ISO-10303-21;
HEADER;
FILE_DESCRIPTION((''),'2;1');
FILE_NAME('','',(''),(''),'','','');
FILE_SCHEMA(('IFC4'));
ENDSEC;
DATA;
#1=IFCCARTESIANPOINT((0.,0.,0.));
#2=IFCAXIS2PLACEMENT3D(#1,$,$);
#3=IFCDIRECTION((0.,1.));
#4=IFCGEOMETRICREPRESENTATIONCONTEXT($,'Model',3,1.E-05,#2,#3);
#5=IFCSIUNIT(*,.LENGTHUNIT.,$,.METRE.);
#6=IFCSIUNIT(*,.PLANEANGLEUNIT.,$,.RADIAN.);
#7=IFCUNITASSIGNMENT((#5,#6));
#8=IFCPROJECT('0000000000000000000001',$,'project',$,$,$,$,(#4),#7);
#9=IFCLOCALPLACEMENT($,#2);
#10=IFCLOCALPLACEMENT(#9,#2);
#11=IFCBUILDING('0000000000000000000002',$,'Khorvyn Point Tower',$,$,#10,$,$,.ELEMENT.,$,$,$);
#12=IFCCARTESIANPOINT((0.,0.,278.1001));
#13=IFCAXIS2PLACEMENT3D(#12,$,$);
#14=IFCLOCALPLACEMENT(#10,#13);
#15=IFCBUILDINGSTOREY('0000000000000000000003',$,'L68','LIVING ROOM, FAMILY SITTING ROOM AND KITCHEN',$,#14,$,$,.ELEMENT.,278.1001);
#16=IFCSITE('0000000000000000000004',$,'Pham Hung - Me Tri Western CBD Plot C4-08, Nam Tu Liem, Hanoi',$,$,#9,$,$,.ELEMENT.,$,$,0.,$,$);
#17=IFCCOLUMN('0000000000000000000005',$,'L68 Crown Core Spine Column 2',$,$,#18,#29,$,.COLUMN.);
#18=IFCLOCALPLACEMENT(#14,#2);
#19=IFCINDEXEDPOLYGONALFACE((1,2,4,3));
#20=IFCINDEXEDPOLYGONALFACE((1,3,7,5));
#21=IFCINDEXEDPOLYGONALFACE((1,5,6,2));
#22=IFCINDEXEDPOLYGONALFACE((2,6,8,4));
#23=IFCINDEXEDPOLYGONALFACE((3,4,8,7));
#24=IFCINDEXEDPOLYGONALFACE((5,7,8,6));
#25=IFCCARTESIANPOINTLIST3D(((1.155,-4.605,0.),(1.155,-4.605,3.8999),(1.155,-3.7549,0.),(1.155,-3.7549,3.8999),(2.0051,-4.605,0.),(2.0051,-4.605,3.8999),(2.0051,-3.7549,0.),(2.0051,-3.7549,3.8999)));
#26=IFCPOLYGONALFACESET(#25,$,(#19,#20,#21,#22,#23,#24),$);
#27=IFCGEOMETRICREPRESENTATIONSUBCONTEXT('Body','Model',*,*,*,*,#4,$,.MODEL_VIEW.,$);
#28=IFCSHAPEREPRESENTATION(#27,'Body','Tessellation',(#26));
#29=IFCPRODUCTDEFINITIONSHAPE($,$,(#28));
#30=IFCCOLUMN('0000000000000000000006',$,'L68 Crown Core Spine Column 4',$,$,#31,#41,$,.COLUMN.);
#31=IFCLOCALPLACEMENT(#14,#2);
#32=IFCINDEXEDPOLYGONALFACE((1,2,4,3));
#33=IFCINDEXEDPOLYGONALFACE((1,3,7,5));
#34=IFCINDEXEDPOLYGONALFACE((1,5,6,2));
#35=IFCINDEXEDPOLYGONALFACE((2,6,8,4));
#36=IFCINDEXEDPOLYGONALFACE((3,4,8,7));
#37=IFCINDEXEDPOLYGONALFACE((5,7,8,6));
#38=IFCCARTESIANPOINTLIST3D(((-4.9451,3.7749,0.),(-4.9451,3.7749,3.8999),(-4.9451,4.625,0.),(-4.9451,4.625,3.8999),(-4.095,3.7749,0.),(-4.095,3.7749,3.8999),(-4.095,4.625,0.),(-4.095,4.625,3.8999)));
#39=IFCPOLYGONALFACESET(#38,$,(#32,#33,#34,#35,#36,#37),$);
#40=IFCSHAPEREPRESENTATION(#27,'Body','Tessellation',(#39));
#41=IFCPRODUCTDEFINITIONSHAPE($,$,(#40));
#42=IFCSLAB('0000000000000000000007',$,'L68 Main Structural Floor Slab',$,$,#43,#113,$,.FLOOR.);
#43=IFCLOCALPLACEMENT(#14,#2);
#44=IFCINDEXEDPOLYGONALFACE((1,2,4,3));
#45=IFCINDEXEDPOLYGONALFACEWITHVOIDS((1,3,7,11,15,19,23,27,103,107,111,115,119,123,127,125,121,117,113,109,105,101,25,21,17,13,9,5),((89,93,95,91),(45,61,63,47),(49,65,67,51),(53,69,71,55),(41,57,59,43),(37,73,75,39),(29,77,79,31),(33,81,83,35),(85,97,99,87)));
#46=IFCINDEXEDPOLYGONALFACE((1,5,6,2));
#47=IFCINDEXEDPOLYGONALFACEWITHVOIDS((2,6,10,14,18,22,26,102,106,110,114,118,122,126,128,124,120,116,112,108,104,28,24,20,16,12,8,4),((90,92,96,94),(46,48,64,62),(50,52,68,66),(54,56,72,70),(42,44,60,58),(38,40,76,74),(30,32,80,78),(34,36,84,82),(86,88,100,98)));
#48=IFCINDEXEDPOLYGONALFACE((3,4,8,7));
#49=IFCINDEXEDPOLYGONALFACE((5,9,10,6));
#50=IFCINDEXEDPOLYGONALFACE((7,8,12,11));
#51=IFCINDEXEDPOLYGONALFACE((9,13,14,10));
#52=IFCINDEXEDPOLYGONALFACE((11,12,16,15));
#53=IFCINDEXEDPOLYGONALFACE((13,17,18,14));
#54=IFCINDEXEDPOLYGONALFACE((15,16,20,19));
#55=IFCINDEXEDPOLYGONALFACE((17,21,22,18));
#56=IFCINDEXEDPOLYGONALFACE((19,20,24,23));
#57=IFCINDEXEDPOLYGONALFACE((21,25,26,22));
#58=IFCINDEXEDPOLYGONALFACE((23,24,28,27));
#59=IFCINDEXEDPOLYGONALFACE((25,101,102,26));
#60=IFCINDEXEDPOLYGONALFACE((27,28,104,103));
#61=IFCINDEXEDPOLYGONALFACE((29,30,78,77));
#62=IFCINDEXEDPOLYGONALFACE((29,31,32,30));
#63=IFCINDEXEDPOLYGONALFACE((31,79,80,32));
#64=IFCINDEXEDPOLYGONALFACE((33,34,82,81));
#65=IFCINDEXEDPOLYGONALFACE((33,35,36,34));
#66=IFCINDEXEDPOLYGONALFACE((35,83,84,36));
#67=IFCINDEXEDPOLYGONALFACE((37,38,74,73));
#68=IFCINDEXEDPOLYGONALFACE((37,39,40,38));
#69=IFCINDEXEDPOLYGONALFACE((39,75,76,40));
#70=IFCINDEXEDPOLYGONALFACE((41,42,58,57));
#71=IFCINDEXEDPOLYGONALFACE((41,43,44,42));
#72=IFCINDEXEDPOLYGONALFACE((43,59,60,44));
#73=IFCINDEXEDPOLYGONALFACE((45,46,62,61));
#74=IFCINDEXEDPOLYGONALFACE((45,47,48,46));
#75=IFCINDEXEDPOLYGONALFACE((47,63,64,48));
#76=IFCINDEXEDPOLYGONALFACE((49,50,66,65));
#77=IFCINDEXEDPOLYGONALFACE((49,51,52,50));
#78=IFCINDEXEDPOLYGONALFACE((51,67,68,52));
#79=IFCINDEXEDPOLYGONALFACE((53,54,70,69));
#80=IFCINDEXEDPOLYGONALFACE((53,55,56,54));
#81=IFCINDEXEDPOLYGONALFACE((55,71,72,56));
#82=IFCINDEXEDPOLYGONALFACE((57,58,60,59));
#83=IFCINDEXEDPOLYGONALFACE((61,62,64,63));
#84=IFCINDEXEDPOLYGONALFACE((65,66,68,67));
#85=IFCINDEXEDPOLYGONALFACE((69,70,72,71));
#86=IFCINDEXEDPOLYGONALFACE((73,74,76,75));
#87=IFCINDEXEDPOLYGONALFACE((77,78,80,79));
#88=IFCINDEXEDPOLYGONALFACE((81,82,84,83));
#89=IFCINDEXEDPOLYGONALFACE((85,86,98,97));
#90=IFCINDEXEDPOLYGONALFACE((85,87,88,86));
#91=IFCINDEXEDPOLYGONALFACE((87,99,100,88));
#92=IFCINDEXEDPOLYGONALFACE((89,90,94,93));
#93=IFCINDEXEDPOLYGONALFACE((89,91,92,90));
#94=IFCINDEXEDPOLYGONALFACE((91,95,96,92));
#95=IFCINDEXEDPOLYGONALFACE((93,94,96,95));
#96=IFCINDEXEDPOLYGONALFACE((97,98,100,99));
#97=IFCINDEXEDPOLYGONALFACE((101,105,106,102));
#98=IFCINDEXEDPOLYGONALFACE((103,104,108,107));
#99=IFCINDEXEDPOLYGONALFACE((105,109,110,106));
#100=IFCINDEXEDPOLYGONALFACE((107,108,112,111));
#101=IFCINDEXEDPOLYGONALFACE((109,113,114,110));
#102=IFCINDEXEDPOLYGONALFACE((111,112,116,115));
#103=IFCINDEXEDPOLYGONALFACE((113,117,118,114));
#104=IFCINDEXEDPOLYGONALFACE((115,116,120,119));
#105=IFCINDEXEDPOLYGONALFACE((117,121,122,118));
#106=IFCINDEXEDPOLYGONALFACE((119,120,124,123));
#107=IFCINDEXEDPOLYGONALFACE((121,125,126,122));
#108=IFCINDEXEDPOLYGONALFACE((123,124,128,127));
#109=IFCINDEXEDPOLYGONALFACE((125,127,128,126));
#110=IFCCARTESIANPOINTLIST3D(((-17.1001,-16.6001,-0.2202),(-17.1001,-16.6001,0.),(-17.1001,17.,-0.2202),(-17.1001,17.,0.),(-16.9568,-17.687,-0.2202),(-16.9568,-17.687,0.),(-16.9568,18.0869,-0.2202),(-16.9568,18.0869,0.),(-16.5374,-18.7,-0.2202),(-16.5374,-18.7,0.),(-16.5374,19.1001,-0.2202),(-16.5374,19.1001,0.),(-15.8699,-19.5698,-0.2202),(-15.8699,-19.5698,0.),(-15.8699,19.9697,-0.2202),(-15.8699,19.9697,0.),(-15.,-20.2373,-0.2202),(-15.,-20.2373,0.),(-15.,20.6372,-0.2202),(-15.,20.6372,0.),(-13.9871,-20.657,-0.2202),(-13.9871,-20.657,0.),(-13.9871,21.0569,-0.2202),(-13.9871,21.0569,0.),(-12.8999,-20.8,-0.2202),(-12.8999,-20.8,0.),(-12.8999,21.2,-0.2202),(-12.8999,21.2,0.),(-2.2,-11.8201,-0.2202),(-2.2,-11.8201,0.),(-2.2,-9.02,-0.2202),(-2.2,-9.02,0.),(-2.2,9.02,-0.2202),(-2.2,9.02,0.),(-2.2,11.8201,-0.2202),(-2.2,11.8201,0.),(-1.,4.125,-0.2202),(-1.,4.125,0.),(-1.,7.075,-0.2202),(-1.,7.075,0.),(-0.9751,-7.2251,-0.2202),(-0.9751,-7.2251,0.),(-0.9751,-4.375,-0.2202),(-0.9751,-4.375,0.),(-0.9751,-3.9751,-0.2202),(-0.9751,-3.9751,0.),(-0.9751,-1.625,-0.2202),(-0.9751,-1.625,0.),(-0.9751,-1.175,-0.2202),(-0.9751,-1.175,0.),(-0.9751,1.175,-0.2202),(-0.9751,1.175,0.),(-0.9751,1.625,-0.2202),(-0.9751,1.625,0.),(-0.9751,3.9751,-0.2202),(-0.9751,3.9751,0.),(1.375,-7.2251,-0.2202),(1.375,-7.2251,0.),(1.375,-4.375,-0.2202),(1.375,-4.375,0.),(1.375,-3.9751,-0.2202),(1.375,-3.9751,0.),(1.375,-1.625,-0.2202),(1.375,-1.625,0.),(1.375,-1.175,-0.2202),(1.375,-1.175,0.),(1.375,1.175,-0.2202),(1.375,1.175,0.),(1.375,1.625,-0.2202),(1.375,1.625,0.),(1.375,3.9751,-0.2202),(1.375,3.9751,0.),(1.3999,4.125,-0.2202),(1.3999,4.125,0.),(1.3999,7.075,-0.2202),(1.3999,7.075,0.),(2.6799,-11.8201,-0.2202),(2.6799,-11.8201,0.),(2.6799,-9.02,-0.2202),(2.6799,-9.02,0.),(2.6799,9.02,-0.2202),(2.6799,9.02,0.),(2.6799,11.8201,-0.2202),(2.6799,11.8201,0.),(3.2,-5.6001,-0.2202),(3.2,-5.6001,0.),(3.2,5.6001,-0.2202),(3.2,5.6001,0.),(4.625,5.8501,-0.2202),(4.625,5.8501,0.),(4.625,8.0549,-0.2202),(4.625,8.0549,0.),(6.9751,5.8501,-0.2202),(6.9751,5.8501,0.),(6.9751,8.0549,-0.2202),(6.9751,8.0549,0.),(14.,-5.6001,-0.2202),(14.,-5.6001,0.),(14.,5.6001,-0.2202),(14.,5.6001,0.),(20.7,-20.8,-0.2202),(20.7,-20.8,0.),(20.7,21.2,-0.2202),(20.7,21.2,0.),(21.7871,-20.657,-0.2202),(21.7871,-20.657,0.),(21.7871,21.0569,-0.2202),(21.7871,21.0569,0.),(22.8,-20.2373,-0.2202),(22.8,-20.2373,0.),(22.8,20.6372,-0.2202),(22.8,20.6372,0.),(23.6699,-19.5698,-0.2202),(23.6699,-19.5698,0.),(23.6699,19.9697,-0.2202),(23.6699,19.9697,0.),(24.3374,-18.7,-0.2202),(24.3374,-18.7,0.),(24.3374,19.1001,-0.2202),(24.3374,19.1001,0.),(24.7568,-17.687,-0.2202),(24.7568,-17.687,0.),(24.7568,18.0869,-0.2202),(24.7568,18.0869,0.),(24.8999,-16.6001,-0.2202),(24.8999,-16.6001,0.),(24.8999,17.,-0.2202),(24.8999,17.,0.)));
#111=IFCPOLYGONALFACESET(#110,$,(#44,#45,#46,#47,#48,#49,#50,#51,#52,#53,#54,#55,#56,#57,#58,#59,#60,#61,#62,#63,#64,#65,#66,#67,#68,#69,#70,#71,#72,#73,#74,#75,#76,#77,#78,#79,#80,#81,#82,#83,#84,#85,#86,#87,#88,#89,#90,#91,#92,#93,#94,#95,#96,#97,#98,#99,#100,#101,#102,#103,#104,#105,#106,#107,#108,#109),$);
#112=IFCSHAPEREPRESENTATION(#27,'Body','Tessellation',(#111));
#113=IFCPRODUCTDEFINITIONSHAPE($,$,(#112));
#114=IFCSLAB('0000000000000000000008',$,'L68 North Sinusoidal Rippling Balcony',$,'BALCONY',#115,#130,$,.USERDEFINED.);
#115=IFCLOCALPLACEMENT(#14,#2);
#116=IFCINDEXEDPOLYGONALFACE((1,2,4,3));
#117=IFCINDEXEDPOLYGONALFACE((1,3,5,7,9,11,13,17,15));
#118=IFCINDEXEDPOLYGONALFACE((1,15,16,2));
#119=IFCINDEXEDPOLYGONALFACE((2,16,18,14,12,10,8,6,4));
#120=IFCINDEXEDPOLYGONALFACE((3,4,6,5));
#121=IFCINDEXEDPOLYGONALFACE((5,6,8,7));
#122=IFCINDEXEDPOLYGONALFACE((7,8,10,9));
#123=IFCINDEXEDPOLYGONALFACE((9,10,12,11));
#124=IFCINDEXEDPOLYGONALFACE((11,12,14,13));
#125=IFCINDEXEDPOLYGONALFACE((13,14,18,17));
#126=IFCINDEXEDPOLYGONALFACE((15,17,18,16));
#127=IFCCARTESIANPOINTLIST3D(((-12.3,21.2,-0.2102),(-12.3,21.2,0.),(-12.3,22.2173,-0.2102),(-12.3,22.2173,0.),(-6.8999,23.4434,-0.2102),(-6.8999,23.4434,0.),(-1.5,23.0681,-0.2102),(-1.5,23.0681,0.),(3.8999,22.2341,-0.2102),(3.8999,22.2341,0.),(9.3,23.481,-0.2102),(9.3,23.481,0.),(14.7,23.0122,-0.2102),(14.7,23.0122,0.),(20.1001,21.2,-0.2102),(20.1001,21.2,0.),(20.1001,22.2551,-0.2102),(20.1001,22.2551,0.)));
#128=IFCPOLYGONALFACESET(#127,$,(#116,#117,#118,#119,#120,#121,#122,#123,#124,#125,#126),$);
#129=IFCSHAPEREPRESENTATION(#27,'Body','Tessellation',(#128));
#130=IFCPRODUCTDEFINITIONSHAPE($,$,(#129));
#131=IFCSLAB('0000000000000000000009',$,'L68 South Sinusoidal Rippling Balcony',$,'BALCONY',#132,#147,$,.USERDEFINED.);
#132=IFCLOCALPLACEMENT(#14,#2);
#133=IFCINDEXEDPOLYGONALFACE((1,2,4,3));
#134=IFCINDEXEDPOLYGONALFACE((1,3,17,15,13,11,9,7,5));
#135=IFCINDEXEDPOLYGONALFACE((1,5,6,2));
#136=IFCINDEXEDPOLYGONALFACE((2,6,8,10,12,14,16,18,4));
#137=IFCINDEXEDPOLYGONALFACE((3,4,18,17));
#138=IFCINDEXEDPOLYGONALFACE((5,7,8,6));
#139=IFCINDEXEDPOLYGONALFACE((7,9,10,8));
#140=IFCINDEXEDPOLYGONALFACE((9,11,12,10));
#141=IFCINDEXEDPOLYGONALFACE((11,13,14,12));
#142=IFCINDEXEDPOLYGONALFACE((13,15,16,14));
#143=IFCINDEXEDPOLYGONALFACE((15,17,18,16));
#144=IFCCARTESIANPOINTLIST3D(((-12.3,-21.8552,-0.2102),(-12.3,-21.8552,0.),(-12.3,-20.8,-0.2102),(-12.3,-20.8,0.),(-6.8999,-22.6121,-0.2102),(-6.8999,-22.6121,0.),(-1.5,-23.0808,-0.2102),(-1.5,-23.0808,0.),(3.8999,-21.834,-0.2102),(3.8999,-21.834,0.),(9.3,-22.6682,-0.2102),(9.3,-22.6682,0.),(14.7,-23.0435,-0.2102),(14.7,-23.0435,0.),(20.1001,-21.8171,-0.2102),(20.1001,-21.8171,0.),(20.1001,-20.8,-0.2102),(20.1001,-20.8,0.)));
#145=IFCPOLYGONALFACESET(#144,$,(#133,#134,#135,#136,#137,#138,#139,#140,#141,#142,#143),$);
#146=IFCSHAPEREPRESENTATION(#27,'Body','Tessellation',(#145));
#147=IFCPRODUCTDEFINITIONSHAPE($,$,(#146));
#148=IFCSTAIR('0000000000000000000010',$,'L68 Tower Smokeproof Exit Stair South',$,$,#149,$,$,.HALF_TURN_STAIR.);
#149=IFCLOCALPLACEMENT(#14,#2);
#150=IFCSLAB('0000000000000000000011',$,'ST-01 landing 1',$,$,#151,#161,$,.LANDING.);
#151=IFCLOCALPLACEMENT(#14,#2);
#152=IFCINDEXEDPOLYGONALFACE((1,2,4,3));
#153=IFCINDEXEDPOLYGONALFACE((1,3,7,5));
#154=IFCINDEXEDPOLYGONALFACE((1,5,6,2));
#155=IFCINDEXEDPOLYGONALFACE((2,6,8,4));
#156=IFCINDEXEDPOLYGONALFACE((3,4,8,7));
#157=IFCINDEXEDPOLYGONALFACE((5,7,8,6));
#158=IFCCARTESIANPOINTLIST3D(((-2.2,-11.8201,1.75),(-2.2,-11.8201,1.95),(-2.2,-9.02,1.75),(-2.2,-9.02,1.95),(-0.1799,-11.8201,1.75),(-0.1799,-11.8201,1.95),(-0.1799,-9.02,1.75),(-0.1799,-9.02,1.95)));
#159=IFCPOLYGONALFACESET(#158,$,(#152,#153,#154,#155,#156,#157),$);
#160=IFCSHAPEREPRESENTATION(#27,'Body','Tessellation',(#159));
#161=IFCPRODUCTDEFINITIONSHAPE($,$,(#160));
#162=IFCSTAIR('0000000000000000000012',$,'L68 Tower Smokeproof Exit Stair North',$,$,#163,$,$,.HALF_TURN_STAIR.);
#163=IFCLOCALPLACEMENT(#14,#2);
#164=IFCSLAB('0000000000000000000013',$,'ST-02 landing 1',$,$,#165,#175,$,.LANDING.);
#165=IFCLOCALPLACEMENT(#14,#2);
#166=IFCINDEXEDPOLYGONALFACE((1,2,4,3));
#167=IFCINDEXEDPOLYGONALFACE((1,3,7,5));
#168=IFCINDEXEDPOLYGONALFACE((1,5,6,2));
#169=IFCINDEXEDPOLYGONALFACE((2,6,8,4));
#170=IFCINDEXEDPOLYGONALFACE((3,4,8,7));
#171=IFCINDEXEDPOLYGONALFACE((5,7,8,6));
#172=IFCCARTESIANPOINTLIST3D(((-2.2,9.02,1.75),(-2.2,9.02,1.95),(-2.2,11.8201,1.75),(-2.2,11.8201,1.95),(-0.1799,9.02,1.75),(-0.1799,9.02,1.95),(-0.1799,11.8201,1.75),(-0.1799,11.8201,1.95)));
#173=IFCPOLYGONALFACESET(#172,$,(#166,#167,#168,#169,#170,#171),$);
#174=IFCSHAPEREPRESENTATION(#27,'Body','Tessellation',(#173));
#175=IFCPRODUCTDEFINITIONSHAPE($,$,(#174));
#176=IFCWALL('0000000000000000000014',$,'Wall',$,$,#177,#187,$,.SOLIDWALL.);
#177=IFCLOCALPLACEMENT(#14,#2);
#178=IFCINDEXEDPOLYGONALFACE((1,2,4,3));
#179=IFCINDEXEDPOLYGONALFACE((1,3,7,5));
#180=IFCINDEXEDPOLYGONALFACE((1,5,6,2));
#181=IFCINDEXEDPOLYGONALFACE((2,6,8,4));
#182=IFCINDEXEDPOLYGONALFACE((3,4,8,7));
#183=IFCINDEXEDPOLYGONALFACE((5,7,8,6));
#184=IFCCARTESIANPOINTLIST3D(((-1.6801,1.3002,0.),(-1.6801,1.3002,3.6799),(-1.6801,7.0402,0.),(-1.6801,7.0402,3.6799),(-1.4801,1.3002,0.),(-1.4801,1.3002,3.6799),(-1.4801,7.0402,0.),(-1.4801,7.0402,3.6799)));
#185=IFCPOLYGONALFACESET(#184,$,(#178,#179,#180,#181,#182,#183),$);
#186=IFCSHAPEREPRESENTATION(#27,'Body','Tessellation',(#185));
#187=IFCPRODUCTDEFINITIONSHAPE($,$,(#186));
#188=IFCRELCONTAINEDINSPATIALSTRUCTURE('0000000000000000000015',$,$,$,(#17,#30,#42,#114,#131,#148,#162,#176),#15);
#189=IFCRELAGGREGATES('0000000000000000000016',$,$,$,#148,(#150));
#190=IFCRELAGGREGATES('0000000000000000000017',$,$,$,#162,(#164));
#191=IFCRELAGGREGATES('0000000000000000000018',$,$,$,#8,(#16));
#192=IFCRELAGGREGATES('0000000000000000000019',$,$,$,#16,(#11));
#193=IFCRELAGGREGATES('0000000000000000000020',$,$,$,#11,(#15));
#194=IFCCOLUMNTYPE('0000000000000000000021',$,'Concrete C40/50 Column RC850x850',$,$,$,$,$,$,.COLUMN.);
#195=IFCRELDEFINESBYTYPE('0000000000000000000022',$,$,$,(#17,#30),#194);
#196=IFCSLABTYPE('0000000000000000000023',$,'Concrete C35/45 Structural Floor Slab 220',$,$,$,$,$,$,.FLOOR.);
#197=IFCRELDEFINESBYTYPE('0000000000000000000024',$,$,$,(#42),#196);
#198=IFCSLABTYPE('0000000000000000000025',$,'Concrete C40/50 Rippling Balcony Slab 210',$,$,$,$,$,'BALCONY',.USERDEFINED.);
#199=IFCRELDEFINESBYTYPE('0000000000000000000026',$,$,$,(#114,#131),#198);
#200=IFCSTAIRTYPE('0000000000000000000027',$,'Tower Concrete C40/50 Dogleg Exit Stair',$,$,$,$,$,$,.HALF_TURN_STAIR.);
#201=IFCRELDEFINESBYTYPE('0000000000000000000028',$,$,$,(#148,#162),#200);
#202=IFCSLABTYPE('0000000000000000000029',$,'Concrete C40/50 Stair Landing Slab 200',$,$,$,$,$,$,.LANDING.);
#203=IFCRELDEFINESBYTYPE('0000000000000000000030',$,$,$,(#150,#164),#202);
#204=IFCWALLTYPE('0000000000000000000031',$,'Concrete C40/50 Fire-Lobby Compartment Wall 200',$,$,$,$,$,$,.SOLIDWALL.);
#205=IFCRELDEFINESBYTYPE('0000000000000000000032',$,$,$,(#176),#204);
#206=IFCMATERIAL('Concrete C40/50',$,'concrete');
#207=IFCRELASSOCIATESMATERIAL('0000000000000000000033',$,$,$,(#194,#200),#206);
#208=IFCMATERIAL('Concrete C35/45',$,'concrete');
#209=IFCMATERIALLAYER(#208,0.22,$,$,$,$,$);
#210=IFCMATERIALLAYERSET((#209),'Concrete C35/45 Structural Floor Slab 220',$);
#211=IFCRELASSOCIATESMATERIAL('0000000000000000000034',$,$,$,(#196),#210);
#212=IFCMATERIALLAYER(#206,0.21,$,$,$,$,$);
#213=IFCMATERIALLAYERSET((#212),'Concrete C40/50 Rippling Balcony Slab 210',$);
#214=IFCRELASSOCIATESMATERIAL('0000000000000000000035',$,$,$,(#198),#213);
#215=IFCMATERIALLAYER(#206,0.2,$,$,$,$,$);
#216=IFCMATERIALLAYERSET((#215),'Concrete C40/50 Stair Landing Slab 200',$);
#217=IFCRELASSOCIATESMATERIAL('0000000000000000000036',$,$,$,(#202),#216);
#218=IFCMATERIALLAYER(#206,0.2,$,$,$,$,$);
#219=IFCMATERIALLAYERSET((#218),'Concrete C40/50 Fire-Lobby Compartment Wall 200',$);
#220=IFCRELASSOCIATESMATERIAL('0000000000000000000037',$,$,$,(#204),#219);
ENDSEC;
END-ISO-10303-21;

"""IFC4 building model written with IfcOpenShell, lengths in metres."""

from ifc_helpers import new_model, si_unit, direction, frame, frame_2d, origin, origin_2d, place, context, subcontext, project, spatial, polyline, rectangle, outline, extrude, material, layer, layer_set, material_profile, profile_set, type_object, element, aggregate, save


model = new_model("IFC4")

# Units and contexts
model_context = context("Model", 3, precision=1e-05, world=origin(), true_north=direction((0.0, 1.0)))
body_context = subcontext(model_context, "Body", "Model", "MODEL_VIEW")
ifc_project = project(units=[si_unit("LENGTHUNIT", "METRE"), si_unit("PLANEANGLEUNIT", "RADIAN")], contexts=[model_context])

# Site, building, storey
site_placement = place(None, origin())
site = spatial("IfcSite", under=ifc_project, at=site_placement, Name="Pham Hung - Me Tri Western CBD Plot C4-08, Nam Tu Liem, Hanoi", CompositionType="ELEMENT", RefElevation=0.0)
building_placement = place(site_placement, origin())
building = spatial("IfcBuilding", under=site, at=building_placement, Name="Khorvyn Point Tower", CompositionType="ELEMENT")
storey_placement = place(building_placement, frame((0.0, 0.0, 278.1001)))
storey = spatial("IfcBuildingStorey", under=building, at=storey_placement, Name="L68", Description="LIVING ROOM, FAMILY SITTING ROOM AND KITCHEN", CompositionType="ELEMENT", Elevation=278.1001)

# Columns
ifc_material_1 = material(Name="Concrete C40/50", Category="concrete")
ifc_material_profile = material_profile(ifc_material_1, rectangle(XDim=0.8501, YDim=0.8501, at=origin_2d()))
ifc_profile_set = profile_set([ifc_material_profile], Name="Concrete C40/50 RC850x850")
column_type = type_object("IfcColumnType", Name="Concrete C40/50 Column RC850x850", PredefinedType="COLUMN", material=ifc_profile_set)
for number, where, z_axis, x_axis, name in (
    (1, (1.5801, -4.1799, 0.0), (0.0, 0.0, 1.0), (1.0, 0.0, 0.0), "L68 Crown Core Spine Column 2"),
    (2, (-4.52, 4.2, 0.0), (0.0, 0.0, 1.0), (1.0, 0.0, 0.0), "L68 Crown Core Spine Column 4"),
):
    element("IfcColumn", number, at=place(storey_placement, frame(where, z_axis=z_axis, x_axis=x_axis)), inside=storey, type_object=column_type, Name=name, PredefinedType="COLUMN", context=body_context, shape_type="SweptSolid", body=[
        extrude(rectangle(XDim=0.8501, YDim=0.8501, at=origin_2d()), origin(), (0.0, 0.0, 1.0), 3.8999),
    ])

# Slabs
ifc_material_2 = material(Name="Concrete C35/45", Category="concrete")
ifc_layer_1 = layer(ifc_material_2, 0.22)
ifc_layer_set_1 = layer_set([ifc_layer_1], Name="Concrete C35/45 Structural Floor Slab 220")
slab_type_1 = type_object("IfcSlabType", Name="Concrete C35/45 Structural Floor Slab 220", PredefinedType="FLOOR", material=ifc_layer_set_1)
slab_1_placement = place(storey_placement, frame((0.0, 0.0, -0.2202)))
element("IfcSlab", 3, at=slab_1_placement, inside=storey, type_object=slab_type_1, Name="L68 Main Structural Floor Slab", PredefinedType="FLOOR", context=body_context, shape_type="SweptSolid", body=[
    extrude(outline(polyline([(-12.8999, -20.8), (-13.9871, -20.657), (-15.0, -20.2373), (-15.8699, -19.5698), (-16.5374, -18.7), (-16.9568, -17.687), (-17.1001, -16.6001), (-17.1001, 17.0), (-16.9568, 18.0869), (-16.5374, 19.1001), (-15.8699, 19.9697), (-15.0, 20.6372), (-13.9871, 21.0569), (-12.8999, 21.2), (20.7, 21.2), (21.7871, 21.0569), (22.8, 20.6372), (23.6699, 19.9697), (24.3374, 19.1001), (24.7568, 18.0869), (24.8999, 17.0), (24.8999, -16.6001), (24.7568, -17.687), (24.3374, -18.7), (23.6699, -19.5698), (22.8, -20.2373), (21.7871, -20.657), (20.7, -20.8), (-12.8999, -20.8)]), holes=[polyline([(2.6799, -11.8201), (2.6799, -9.02), (-2.2, -9.02), (-2.2, -11.8201), (2.6799, -11.8201)]), polyline([(1.375, -7.2251), (1.375, -4.375), (-0.9751, -4.375), (-0.9751, -7.2251), (1.375, -7.2251)]), polyline([(1.375, -3.9751), (1.375, -1.625), (-0.9751, -1.625), (-0.9751, -3.9751), (1.375, -3.9751)]), polyline([(1.375, -1.175), (1.375, 1.175), (-0.9751, 1.175), (-0.9751, -1.175), (1.375, -1.175)]), polyline([(14.0, -5.6001), (14.0, 5.6001), (3.2, 5.6001), (3.2, -5.6001), (14.0, -5.6001)]), polyline([(1.375, 1.625), (1.375, 3.9751), (-0.9751, 3.9751), (-0.9751, 1.625), (1.375, 1.625)]), polyline([(1.3999, 4.125), (1.3999, 7.075), (-1.0, 7.075), (-1.0, 4.125), (1.3999, 4.125)]), polyline([(4.625, 5.8501), (6.9751, 5.8501), (6.9751, 8.0549), (4.625, 8.0549), (4.625, 5.8501)]), polyline([(-2.2, 9.02), (2.6799, 9.02), (2.6799, 11.8201), (-2.2, 11.8201), (-2.2, 9.02)])]), origin(), (0.0, 0.0, 1.0), 0.2202),
])
ifc_layer_2 = layer(ifc_material_1, 0.21)
ifc_layer_set_2 = layer_set([ifc_layer_2], Name="Concrete C40/50 Rippling Balcony Slab 210")
slab_type_2 = type_object("IfcSlabType", Name="Concrete C40/50 Rippling Balcony Slab 210", ElementType="BALCONY", PredefinedType="USERDEFINED", material=ifc_layer_set_2)
slab_2_placement = place(storey_placement, frame((0.0, 0.0, -0.2102)))
element("IfcSlab", 4, at=slab_2_placement, inside=storey, type_object=slab_type_2, Name="L68 North Sinusoidal Rippling Balcony", ObjectType="BALCONY", PredefinedType="USERDEFINED", context=body_context, shape_type="SweptSolid", body=[
    extrude(outline(polyline([(20.1001, 21.2), (20.1001, 22.2551), (14.7, 23.0122), (9.3, 23.481), (3.8999, 22.2341), (-1.5, 23.0681), (-6.8999, 23.4434), (-12.3, 22.2173), (-12.3, 21.2), (20.1001, 21.2)])), origin(), (0.0, 0.0, 1.0), 0.2102),
])
slab_3_placement = place(storey_placement, frame((0.0, 0.0, -0.2102)))
element("IfcSlab", 5, at=slab_3_placement, inside=storey, type_object=slab_type_2, Name="L68 South Sinusoidal Rippling Balcony", ObjectType="BALCONY", PredefinedType="USERDEFINED", context=body_context, shape_type="SweptSolid", body=[
    extrude(outline(polyline([(-12.3, -20.8), (-12.3, -21.8552), (-6.8999, -22.6121), (-1.5, -23.0808), (3.8999, -21.834), (9.3, -22.6682), (14.7, -23.0435), (20.1001, -21.8171), (20.1001, -20.8), (-12.3, -20.8)])), origin(), (0.0, 0.0, 1.0), 0.2102),
])

# Stairs, slabs
stair_type = type_object("IfcStairType", Name="Tower Concrete C40/50 Dogleg Exit Stair", PredefinedType="HALF_TURN_STAIR", material=ifc_material_1)
stair_1_placement = place(storey_placement, origin())
stair_1 = element("IfcStair", 6, at=stair_1_placement, inside=storey, type_object=stair_type, Name="L68 Tower Smokeproof Exit Stair South", PredefinedType="HALF_TURN_STAIR")
ifc_layer_3 = layer(ifc_material_1, 0.2)
ifc_layer_set_3 = layer_set([ifc_layer_3], Name="Concrete C40/50 Stair Landing Slab 200")
slab_type_3 = type_object("IfcSlabType", Name="Concrete C40/50 Stair Landing Slab 200", PredefinedType="LANDING", material=ifc_layer_set_3)
slab_4_placement = place(storey_placement, frame((0.0, 0.0, 1.75)))
slab_4 = element("IfcSlab", 7, at=slab_4_placement, type_object=slab_type_3, Name="ST-01 landing 1", PredefinedType="LANDING", context=body_context, shape_type="SweptSolid", body=[
    extrude(outline(polyline([(-0.1799, -9.02), (-2.2, -9.02), (-2.2, -11.8201), (-0.1799, -11.8201), (-0.1799, -9.02)])), origin(), (0.0, 0.0, 1.0), 0.2),
])
aggregate(stair_1, [slab_4])
stair_2_placement = place(storey_placement, origin())
stair_2 = element("IfcStair", 8, at=stair_2_placement, inside=storey, type_object=stair_type, Name="L68 Tower Smokeproof Exit Stair North", PredefinedType="HALF_TURN_STAIR")
slab_5_placement = place(storey_placement, frame((0.0, 0.0, 1.75)))
slab_5 = element("IfcSlab", 9, at=slab_5_placement, type_object=slab_type_3, Name="ST-02 landing 1", PredefinedType="LANDING", context=body_context, shape_type="SweptSolid", body=[
    extrude(outline(polyline([(-0.1799, 11.8201), (-2.2, 11.8201), (-2.2, 9.02), (-0.1799, 9.02), (-0.1799, 11.8201)])), origin(), (0.0, 0.0, 1.0), 0.2),
])
aggregate(stair_2, [slab_5])

# Wall
ifc_layer_4 = layer(ifc_material_1, 0.2)
ifc_layer_set_4 = layer_set([ifc_layer_4], Name="Concrete C40/50 Fire-Lobby Compartment Wall 200")
wall_type_1 = type_object("IfcWallType", Name="Concrete C40/50 Fire-Lobby Compartment Wall 200", PredefinedType="SOLIDWALL", material=ifc_layer_set_4)
wall_1_placement = place(storey_placement, frame((-1.5801, 1.3, 0.0), z_axis=(0.0, 0.0, 1.0), x_axis=(0.0, 1.0, 0.0)))
element("IfcWall", 10, at=wall_1_placement, inside=storey, type_object=wall_type_1, Name="Wall", PredefinedType="SOLIDWALL", context=body_context, shape_type="SweptSolid", body=[
    extrude(rectangle(XDim=5.74, YDim=0.2, at=frame_2d((2.8701, 0.0))), origin(), (0.0, 0.0, 1.0), 3.6799),
])

save(model, "model.ifc")
